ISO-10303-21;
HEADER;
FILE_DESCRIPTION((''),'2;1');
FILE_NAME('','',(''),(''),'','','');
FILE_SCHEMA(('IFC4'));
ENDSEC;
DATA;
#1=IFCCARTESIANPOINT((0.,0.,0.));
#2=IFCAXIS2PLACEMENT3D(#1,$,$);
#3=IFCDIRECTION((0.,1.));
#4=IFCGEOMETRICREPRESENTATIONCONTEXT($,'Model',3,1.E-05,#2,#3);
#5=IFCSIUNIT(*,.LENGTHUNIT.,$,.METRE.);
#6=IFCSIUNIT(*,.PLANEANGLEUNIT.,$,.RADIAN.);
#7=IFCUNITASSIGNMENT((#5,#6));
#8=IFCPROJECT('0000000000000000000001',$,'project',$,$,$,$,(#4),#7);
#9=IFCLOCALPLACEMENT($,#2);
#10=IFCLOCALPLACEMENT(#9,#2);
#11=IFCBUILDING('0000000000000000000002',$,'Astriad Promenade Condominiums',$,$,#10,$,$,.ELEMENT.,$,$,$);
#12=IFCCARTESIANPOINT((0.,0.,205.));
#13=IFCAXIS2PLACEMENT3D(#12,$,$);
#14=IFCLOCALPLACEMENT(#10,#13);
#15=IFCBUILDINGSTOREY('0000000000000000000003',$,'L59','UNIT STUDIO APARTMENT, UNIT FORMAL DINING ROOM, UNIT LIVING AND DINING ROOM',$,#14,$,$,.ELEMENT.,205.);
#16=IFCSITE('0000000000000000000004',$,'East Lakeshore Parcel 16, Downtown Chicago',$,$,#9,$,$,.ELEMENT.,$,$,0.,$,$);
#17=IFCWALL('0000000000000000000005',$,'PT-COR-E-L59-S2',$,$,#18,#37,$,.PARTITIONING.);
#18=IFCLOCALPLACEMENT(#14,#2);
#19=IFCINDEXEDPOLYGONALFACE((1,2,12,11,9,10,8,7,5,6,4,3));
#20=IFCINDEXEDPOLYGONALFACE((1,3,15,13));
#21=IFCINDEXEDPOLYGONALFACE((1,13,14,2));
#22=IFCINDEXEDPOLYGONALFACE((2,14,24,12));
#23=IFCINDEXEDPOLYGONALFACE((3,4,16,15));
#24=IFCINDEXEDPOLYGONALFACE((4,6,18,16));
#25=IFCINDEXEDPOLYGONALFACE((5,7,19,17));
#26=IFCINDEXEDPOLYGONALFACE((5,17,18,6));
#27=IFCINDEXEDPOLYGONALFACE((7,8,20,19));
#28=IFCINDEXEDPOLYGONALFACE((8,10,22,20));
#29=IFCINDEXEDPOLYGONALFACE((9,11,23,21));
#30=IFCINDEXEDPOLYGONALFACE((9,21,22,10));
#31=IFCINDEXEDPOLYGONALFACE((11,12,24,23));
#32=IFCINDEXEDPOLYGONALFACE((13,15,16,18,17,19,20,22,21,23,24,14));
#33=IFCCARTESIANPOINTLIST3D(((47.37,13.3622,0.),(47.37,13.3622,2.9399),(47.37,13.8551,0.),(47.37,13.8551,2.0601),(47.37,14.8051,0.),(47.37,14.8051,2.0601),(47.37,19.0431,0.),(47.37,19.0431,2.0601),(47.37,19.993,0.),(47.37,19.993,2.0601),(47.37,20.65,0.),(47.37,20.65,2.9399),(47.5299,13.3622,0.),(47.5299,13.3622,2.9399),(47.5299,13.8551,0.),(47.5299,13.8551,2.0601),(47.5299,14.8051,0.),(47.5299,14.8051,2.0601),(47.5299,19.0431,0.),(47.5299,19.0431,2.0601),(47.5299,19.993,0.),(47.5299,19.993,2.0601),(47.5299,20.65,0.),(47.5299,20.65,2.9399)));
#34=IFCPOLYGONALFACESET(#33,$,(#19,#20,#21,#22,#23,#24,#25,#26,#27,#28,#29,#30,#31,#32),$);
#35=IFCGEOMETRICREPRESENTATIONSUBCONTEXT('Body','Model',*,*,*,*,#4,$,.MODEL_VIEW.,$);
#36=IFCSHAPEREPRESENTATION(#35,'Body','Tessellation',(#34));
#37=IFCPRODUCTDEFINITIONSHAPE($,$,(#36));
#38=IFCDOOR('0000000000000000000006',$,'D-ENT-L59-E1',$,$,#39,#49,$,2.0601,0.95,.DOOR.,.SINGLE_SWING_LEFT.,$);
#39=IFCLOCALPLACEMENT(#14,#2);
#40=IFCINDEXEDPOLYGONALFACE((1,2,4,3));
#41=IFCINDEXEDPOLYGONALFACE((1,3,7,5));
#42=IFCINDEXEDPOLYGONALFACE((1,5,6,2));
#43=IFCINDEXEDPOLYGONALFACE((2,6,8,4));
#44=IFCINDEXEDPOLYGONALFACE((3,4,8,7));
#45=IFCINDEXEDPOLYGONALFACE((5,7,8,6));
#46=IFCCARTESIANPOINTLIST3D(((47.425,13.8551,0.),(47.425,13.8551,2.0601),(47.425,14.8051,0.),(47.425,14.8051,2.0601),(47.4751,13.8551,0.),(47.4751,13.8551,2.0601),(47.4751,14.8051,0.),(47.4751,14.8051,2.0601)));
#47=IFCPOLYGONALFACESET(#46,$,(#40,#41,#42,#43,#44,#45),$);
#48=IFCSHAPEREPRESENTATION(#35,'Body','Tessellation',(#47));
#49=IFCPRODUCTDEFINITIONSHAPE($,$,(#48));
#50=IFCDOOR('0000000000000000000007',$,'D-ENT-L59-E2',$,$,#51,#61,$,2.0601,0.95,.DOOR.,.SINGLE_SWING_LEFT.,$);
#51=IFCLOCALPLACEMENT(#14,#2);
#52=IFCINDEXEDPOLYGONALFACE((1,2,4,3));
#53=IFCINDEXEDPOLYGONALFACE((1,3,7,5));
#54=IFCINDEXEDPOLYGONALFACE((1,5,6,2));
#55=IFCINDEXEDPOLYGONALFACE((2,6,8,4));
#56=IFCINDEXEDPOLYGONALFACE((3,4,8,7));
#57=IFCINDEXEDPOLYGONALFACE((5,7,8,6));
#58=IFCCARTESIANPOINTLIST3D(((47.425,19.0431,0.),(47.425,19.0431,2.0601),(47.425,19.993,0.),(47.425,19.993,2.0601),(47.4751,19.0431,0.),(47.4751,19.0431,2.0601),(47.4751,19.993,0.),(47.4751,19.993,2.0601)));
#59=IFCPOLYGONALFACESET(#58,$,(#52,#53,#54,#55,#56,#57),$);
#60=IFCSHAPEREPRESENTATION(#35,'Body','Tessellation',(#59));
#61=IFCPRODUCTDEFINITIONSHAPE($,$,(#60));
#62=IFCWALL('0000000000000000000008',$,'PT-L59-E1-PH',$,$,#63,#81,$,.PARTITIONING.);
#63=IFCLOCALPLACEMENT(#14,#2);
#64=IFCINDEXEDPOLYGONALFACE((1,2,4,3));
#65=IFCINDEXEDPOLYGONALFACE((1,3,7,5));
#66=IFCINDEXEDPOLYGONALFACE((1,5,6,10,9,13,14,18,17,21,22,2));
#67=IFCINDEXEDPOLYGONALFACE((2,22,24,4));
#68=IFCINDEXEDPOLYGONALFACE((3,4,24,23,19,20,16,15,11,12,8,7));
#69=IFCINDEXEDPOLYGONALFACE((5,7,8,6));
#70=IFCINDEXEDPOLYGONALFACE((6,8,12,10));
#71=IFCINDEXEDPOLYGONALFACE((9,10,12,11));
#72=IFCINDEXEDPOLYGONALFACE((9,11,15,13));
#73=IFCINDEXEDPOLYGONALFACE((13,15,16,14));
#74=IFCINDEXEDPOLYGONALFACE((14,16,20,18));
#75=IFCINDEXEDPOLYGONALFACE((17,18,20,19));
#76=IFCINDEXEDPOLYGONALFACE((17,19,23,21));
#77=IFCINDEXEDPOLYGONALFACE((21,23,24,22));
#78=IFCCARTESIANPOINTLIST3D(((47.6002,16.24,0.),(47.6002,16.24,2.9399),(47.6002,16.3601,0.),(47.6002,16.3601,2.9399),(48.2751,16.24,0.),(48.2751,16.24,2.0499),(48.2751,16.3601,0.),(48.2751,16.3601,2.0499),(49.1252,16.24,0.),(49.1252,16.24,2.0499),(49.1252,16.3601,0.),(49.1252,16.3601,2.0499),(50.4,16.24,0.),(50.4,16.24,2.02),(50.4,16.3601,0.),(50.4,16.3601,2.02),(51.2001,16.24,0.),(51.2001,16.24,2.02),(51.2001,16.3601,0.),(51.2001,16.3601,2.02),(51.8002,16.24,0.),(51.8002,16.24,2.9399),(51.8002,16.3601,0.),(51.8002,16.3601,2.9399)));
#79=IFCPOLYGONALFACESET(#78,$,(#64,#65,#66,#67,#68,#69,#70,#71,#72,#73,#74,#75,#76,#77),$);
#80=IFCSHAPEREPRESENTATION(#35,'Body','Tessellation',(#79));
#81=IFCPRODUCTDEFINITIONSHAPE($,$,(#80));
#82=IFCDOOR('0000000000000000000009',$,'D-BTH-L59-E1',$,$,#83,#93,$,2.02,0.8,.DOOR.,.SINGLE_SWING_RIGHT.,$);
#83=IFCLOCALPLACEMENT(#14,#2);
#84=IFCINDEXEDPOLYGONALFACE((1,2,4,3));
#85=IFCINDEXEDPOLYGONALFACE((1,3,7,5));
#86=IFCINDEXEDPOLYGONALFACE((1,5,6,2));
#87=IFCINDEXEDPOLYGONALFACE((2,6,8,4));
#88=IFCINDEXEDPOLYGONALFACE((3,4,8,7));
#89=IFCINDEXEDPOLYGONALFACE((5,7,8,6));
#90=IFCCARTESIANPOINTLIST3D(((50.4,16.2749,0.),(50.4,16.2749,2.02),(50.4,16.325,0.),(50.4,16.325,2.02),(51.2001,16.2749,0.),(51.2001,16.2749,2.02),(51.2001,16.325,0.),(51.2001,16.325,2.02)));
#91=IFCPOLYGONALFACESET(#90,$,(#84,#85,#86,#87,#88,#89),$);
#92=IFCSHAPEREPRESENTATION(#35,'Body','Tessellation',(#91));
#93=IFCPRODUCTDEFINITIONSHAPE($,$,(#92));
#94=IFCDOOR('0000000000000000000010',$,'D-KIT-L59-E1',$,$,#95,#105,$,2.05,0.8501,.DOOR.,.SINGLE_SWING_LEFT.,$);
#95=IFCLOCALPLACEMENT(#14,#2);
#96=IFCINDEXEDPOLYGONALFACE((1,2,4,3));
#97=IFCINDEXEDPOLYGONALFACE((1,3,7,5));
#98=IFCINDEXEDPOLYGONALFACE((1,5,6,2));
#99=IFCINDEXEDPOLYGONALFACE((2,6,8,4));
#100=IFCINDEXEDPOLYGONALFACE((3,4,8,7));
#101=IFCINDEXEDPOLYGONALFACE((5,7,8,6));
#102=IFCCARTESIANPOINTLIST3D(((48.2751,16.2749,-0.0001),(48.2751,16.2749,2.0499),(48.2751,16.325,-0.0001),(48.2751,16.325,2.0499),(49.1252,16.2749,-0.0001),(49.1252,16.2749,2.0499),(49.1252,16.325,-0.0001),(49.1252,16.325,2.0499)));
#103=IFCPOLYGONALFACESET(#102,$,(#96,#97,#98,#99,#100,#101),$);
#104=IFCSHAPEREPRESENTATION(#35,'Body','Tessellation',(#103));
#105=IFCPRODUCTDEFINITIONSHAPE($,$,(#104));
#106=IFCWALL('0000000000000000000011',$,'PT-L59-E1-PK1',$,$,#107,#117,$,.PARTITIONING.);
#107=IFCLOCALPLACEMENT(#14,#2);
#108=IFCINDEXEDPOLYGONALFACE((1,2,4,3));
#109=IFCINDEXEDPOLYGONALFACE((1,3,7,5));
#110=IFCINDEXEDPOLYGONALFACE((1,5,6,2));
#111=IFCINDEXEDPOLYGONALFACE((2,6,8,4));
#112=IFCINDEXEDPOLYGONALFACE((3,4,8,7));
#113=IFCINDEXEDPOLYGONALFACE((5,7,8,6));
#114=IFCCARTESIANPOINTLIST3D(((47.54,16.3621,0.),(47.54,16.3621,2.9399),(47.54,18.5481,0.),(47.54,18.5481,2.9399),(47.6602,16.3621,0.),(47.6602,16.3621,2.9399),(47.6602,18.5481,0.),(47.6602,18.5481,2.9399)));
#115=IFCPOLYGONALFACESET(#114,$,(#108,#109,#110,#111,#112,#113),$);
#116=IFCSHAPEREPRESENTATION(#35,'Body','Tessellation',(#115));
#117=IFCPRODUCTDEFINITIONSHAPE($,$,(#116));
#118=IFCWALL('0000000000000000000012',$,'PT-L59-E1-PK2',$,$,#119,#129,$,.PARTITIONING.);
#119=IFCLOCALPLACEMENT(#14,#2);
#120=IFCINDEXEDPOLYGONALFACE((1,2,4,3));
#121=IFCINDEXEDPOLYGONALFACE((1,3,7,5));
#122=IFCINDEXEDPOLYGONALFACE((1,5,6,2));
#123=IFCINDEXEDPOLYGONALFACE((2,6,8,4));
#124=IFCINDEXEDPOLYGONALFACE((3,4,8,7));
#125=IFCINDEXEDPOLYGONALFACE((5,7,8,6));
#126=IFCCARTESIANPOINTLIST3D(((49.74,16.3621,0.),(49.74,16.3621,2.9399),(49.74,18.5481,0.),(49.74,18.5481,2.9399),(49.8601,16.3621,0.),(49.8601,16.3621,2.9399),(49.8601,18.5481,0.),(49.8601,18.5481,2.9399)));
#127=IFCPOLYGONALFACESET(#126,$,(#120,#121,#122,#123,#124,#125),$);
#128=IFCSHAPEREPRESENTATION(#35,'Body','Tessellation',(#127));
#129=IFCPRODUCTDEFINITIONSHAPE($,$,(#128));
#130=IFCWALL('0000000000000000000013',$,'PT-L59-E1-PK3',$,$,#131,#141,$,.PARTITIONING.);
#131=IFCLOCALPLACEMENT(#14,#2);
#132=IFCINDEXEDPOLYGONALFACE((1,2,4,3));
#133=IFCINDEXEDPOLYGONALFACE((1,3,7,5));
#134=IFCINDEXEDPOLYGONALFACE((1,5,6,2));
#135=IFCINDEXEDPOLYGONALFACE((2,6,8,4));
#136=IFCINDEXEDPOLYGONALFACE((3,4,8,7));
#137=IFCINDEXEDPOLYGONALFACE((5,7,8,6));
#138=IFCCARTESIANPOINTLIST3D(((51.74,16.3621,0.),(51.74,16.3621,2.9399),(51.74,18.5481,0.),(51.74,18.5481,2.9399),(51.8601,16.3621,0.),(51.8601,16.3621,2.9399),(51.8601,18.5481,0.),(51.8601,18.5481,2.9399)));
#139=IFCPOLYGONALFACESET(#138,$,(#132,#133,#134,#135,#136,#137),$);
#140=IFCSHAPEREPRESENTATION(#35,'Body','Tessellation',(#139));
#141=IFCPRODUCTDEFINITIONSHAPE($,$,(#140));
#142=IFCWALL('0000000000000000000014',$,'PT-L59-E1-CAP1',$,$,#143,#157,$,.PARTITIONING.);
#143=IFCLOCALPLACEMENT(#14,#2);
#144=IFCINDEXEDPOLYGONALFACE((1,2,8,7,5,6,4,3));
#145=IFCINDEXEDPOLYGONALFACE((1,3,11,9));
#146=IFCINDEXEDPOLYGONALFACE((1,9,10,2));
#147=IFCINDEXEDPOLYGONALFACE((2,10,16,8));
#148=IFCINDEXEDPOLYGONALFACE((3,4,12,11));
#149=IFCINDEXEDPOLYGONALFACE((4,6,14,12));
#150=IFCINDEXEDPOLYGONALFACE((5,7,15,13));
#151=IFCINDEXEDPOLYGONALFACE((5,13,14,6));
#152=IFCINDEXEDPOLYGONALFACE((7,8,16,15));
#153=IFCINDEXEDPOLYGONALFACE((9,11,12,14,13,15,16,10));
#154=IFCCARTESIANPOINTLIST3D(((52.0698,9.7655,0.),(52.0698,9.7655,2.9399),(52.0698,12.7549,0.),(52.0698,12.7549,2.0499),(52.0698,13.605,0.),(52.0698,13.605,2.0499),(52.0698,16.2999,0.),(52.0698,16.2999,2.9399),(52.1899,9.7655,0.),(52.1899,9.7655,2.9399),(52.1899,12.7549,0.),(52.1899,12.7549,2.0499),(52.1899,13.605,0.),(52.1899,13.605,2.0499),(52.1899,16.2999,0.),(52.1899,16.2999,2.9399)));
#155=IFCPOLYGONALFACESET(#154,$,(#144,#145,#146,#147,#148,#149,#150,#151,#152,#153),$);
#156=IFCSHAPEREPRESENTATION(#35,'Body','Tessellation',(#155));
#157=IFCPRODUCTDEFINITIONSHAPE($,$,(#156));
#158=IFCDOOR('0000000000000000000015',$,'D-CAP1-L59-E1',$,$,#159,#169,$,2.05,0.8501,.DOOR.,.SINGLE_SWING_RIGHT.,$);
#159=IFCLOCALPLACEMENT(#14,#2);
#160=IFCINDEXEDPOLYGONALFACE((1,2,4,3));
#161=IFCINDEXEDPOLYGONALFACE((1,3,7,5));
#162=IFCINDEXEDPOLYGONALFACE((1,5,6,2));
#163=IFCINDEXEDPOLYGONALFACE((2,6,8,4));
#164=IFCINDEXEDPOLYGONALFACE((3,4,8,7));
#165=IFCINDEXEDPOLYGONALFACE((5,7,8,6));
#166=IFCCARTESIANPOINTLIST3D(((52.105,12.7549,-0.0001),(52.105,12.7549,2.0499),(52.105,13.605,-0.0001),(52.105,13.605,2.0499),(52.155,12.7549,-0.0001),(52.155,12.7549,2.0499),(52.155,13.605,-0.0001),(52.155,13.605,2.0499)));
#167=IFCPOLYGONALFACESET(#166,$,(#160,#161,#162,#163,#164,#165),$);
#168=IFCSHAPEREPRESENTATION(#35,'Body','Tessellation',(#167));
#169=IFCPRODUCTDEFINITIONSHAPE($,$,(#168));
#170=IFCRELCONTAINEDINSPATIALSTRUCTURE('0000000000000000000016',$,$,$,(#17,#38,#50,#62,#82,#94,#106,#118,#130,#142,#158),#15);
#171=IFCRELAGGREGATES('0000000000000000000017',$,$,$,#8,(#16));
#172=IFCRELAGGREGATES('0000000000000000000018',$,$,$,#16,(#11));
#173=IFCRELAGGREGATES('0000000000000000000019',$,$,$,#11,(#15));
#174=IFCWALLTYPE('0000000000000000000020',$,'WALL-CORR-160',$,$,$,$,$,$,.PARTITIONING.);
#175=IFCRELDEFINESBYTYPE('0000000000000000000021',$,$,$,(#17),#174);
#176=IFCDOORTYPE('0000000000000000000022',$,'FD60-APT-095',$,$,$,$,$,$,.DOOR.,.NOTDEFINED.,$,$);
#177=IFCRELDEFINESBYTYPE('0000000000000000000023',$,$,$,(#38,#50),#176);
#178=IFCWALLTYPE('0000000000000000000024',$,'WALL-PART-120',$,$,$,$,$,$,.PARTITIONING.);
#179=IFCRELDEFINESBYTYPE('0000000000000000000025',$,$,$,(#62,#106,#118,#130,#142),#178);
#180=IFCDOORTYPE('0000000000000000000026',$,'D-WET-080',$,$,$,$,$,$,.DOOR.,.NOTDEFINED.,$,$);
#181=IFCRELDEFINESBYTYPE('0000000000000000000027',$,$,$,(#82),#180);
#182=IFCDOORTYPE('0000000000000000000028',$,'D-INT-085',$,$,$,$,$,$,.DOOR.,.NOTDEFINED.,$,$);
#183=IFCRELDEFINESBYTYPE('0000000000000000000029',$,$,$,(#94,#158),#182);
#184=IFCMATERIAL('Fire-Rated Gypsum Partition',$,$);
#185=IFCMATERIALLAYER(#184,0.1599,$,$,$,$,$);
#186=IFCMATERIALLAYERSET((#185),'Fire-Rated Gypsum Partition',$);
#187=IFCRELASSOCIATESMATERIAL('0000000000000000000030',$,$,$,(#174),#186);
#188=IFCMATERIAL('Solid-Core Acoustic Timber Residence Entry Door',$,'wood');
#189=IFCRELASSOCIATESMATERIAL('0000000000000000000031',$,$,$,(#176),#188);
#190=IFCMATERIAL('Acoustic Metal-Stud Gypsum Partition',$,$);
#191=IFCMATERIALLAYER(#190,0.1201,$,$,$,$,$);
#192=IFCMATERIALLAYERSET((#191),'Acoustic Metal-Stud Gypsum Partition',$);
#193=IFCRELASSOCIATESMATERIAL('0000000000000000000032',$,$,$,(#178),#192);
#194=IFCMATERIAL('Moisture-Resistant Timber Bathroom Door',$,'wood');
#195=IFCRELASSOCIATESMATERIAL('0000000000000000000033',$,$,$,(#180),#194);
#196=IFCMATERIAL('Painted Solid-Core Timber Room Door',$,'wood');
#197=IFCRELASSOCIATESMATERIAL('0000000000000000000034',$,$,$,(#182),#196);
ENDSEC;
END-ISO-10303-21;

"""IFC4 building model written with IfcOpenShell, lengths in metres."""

from ifc_helpers import new_model, si_unit, direction, frame, frame_2d, origin, place, context, subcontext, project, spatial, rectangle, extrude, source, transform, mapped, material, layer, layer_set, type_object, type_shapes, element, fill, save


model = new_model("IFC4")

# Units and contexts
model_context = context("Model", 3, precision=1e-05, world=origin(), true_north=direction((0.0, 1.0)))
body_context = subcontext(model_context, "Body", "Model", "MODEL_VIEW")
ifc_project = project(units=[si_unit("LENGTHUNIT", "METRE"), si_unit("PLANEANGLEUNIT", "RADIAN")], contexts=[model_context])

# Site, building, storey
site_placement = place(None, origin())
site = spatial("IfcSite", under=ifc_project, at=site_placement, Name="East Lakeshore Parcel 16, Downtown Chicago", CompositionType="ELEMENT", RefElevation=0.0)
building_placement = place(site_placement, origin())
building = spatial("IfcBuilding", under=site, at=building_placement, Name="Astriad Promenade Condominiums", CompositionType="ELEMENT")
storey_placement = place(building_placement, frame((0.0, 0.0, 205.0)))
storey = spatial("IfcBuildingStorey", under=building, at=storey_placement, Name="L59", Description="UNIT STUDIO APARTMENT, UNIT FORMAL DINING ROOM, UNIT LIVING AND DINING ROOM", CompositionType="ELEMENT", Elevation=205.0)

# Walls, openings, doors
ifc_material_1 = material(Name="Fire-Rated Gypsum Partition")
ifc_layer_1 = layer(ifc_material_1, 0.1599)
ifc_layer_set_1 = layer_set([ifc_layer_1], Name="Fire-Rated Gypsum Partition")
wall_type_1 = type_object("IfcWallType", Name="WALL-CORR-160", PredefinedType="PARTITIONING", material=ifc_layer_set_1)
wall_1_placement = place(storey_placement, frame((47.45, 13.3621, 0.0), z_axis=(0.0, 0.0, 1.0), x_axis=(0.0, 1.0, 0.0)))
wall_1 = element("IfcWall", 1, at=wall_1_placement, inside=storey, type_object=wall_type_1, Name="PT-COR-E-L59-S2", PredefinedType="PARTITIONING", context=body_context, shape_type="SweptSolid", body=[
    extrude(rectangle(XDim=7.2878, YDim=0.1599, at=frame_2d((3.644, 0.0))), origin(), (0.0, 0.0, 1.0), 2.9399),
])
opening_1_placement = place(wall_1_placement, frame((0.4929, 0.0, 0.0)))
opening_1 = element("IfcOpeningElement", 2, at=opening_1_placement, cuts=wall_1, PredefinedType="OPENING", context=body_context, shape_type="SweptSolid", body=[
    extrude(rectangle(XDim=0.95, YDim=2.0601, at=frame_2d((0.4751, 1.03))), frame((0.0, 0.0898, 0.0), z_axis=(0.0, -1.0, 0.0), x_axis=(1.0, 0.0, 0.0)), (0.0, 0.0, 1.0), 0.1799),
])
opening_2_placement = place(wall_1_placement, frame((5.6809, 0.0, 0.0)))
opening_2 = element("IfcOpeningElement", 3, at=opening_2_placement, cuts=wall_1, PredefinedType="OPENING", context=body_context, shape_type="SweptSolid", body=[
    extrude(rectangle(XDim=0.95, YDim=2.0601, at=frame_2d((0.4751, 1.03))), frame((0.0, 0.0898, 0.0), z_axis=(0.0, -1.0, 0.0), x_axis=(1.0, 0.0, 0.0)), (0.0, 0.0, 1.0), 0.1799),
])
ifc_material_2 = material(Name="Solid-Core Acoustic Timber Residence Entry Door", Category="wood")
door_type_1 = type_object("IfcDoorType", Name="FD60-APT-095", OperationType="NOTDEFINED", PredefinedType="DOOR", material=ifc_material_2)
shared_shape_1 = source(origin(), body_context, "Body", "SweptSolid", [
    extrude(rectangle(XDim=0.95, YDim=2.0601, at=frame_2d((0.4751, 1.03))), frame((0.0, 0.0249, 0.0), z_axis=(0.0, -1.0, 0.0), x_axis=(1.0, 0.0, 0.0)), (0.0, 0.0, 1.0), 0.05),
])
type_shapes(door_type_1, [shared_shape_1])
door_1_placement = place(opening_1_placement, origin())
door_1 = element("IfcDoor", 4, at=door_1_placement, inside=storey, type_object=door_type_1, Name="D-ENT-L59-E1", OperationType="SINGLE_SWING_LEFT", OverallHeight=2.0601, OverallWidth=0.95, PredefinedType="DOOR", context=body_context, shape_type="MappedRepresentation", body=[
    mapped(shared_shape_1, transform((0.0, 0.0, 0.0), scale=1.0)),
])
fill(opening_1, door_1)
door_2_placement = place(opening_2_placement, origin())
door_2 = element("IfcDoor", 5, at=door_2_placement, inside=storey, type_object=door_type_1, Name="D-ENT-L59-E2", OperationType="SINGLE_SWING_LEFT", OverallHeight=2.0601, OverallWidth=0.95, PredefinedType="DOOR", context=body_context, shape_type="MappedRepresentation", body=[
    mapped(shared_shape_1, transform((0.0, 0.0, 0.0), scale=1.0)),
])
fill(opening_2, door_2)
ifc_material_3 = material(Name="Acoustic Metal-Stud Gypsum Partition")
ifc_layer_2 = layer(ifc_material_3, 0.1201)
ifc_layer_set_2 = layer_set([ifc_layer_2], Name="Acoustic Metal-Stud Gypsum Partition")
wall_type_2 = type_object("IfcWallType", Name="WALL-PART-120", PredefinedType="PARTITIONING", material=ifc_layer_set_2)
wall_2_placement = place(storey_placement, frame((47.6001, 16.3, 0.0), z_axis=(0.0, 0.0, 1.0), x_axis=(1.0, 0.0, 0.0)))
wall_2 = element("IfcWall", 6, at=wall_2_placement, inside=storey, type_object=wall_type_2, Name="PT-L59-E1-PH", PredefinedType="PARTITIONING", context=body_context, shape_type="SweptSolid", body=[
    extrude(rectangle(XDim=4.2, YDim=0.1201, at=frame_2d((2.1001, 0.0))), origin(), (0.0, 0.0, 1.0), 2.9399),
])
opening_3_placement = place(wall_2_placement, frame((0.675, 0.0, 0.0)))
opening_3 = element("IfcOpeningElement", 7, at=opening_3_placement, cuts=wall_2, PredefinedType="OPENING", context=body_context, shape_type="SweptSolid", body=[
    extrude(rectangle(XDim=0.8501, YDim=2.05, at=frame_2d((0.425, 1.0249))), frame((0.0, 0.0701, 0.0), z_axis=(0.0, -1.0, 0.0), x_axis=(1.0, 0.0, 0.0)), (0.0, 0.0, 1.0), 0.1401),
])
opening_4_placement = place(wall_2_placement, frame((2.8, 0.0, 0.0)))
opening_4 = element("IfcOpeningElement", 8, at=opening_4_placement, cuts=wall_2, PredefinedType="OPENING", context=body_context, shape_type="SweptSolid", body=[
    extrude(rectangle(XDim=0.8, YDim=2.02, at=frame_2d((0.3999, 1.01))), frame((0.0, 0.0701, 0.0), z_axis=(0.0, -1.0, 0.0), x_axis=(1.0, 0.0, 0.0)), (0.0, 0.0, 1.0), 0.1401),
])
ifc_material_4 = material(Name="Moisture-Resistant Timber Bathroom Door", Category="wood")
door_type_2 = type_object("IfcDoorType", Name="D-WET-080", OperationType="NOTDEFINED", PredefinedType="DOOR", material=ifc_material_4)
shared_shape_2 = source(origin(), body_context, "Body", "SweptSolid", [
    extrude(rectangle(XDim=0.8, YDim=2.02, at=frame_2d((0.3999, 1.01))), frame((0.0, 0.0249, 0.0), z_axis=(0.0, -1.0, 0.0), x_axis=(1.0, 0.0, 0.0)), (0.0, 0.0, 1.0), 0.05),
])
type_shapes(door_type_2, [shared_shape_2])
door_3_placement = place(opening_4_placement, origin())
door_3 = element("IfcDoor", 9, at=door_3_placement, inside=storey, type_object=door_type_2, Name="D-BTH-L59-E1", OperationType="SINGLE_SWING_RIGHT", OverallHeight=2.02, OverallWidth=0.8, PredefinedType="DOOR", context=body_context, shape_type="MappedRepresentation", body=[
    mapped(shared_shape_2, transform((0.0, 0.0, 0.0), scale=1.0)),
])
fill(opening_4, door_3)
ifc_material_5 = material(Name="Painted Solid-Core Timber Room Door", Category="wood")
door_type_3 = type_object("IfcDoorType", Name="D-INT-085", OperationType="NOTDEFINED", PredefinedType="DOOR", material=ifc_material_5)
shared_shape_3 = source(origin(), body_context, "Body", "SweptSolid", [
    extrude(rectangle(XDim=0.8501, YDim=2.05, at=frame_2d((0.425, 1.0249))), frame((0.0, 0.0249, 0.0), z_axis=(0.0, -1.0, 0.0), x_axis=(1.0, 0.0, 0.0)), (0.0, 0.0, 1.0), 0.05),
])
type_shapes(door_type_3, [shared_shape_3])
door_4_placement = place(opening_3_placement, origin())
door_4 = element("IfcDoor", 10, at=door_4_placement, inside=storey, type_object=door_type_3, Name="D-KIT-L59-E1", OperationType="SINGLE_SWING_LEFT", OverallHeight=2.05, OverallWidth=0.8501, PredefinedType="DOOR", context=body_context, shape_type="MappedRepresentation", body=[
    mapped(shared_shape_3, transform((0.0, 0.0, 0.0), scale=1.0)),
])
fill(opening_3, door_4)

# Walls
for number, where, z_axis, x_axis, name in (
    (11, (47.6001, 16.3621, 0.0), (0.0, 0.0, 1.0), (0.0, 1.0, 0.0), "PT-L59-E1-PK1"),
    (12, (49.8, 16.3621, 0.0), (0.0, 0.0, 1.0), (0.0, 1.0, 0.0), "PT-L59-E1-PK2"),
    (13, (51.8, 16.3621, 0.0), (0.0, 0.0, 1.0), (0.0, 1.0, 0.0), "PT-L59-E1-PK3"),
):
    element("IfcWall", number, at=place(storey_placement, frame(where, z_axis=z_axis, x_axis=x_axis)), inside=storey, type_object=wall_type_2, Name=name, PredefinedType="PARTITIONING", context=body_context, shape_type="SweptSolid", body=[
        extrude(rectangle(XDim=2.186, YDim=0.1201, at=frame_2d((1.093, 0.0))), origin(), (0.0, 0.0, 1.0), 2.9399),
    ])

# Wall, opening, door
wall_3_placement = place(storey_placement, frame((52.1299, 9.7656, 0.0), z_axis=(0.0, 0.0, 1.0), x_axis=(0.0, 1.0, 0.0)))
wall_3 = element("IfcWall", 14, at=wall_3_placement, inside=storey, type_object=wall_type_2, Name="PT-L59-E1-CAP1", PredefinedType="PARTITIONING", context=body_context, shape_type="SweptSolid", body=[
    extrude(rectangle(XDim=6.5344, YDim=0.1201, at=frame_2d((3.2671, 0.0))), origin(), (0.0, 0.0, 1.0), 2.9399),
])
opening_5_placement = place(wall_3_placement, frame((2.9893, 0.0, 0.0)))
opening_5 = element("IfcOpeningElement", 15, at=opening_5_placement, cuts=wall_3, PredefinedType="OPENING", context=body_context, shape_type="SweptSolid", body=[
    extrude(rectangle(XDim=0.8501, YDim=2.05, at=frame_2d((0.425, 1.0249))), frame((0.0, 0.0701, 0.0), z_axis=(0.0, -1.0, 0.0), x_axis=(1.0, 0.0, 0.0)), (0.0, 0.0, 1.0), 0.1401),
])
door_5_placement = place(opening_5_placement, origin())
door_5 = element("IfcDoor", 16, at=door_5_placement, inside=storey, type_object=door_type_3, Name="D-CAP1-L59-E1", OperationType="SINGLE_SWING_RIGHT", OverallHeight=2.05, OverallWidth=0.8501, PredefinedType="DOOR", context=body_context, shape_type="MappedRepresentation", body=[
    mapped(shared_shape_3, transform((0.0, 0.0, 0.0), scale=1.0)),
])
fill(opening_5, door_5)

save(model, "model.ifc")
